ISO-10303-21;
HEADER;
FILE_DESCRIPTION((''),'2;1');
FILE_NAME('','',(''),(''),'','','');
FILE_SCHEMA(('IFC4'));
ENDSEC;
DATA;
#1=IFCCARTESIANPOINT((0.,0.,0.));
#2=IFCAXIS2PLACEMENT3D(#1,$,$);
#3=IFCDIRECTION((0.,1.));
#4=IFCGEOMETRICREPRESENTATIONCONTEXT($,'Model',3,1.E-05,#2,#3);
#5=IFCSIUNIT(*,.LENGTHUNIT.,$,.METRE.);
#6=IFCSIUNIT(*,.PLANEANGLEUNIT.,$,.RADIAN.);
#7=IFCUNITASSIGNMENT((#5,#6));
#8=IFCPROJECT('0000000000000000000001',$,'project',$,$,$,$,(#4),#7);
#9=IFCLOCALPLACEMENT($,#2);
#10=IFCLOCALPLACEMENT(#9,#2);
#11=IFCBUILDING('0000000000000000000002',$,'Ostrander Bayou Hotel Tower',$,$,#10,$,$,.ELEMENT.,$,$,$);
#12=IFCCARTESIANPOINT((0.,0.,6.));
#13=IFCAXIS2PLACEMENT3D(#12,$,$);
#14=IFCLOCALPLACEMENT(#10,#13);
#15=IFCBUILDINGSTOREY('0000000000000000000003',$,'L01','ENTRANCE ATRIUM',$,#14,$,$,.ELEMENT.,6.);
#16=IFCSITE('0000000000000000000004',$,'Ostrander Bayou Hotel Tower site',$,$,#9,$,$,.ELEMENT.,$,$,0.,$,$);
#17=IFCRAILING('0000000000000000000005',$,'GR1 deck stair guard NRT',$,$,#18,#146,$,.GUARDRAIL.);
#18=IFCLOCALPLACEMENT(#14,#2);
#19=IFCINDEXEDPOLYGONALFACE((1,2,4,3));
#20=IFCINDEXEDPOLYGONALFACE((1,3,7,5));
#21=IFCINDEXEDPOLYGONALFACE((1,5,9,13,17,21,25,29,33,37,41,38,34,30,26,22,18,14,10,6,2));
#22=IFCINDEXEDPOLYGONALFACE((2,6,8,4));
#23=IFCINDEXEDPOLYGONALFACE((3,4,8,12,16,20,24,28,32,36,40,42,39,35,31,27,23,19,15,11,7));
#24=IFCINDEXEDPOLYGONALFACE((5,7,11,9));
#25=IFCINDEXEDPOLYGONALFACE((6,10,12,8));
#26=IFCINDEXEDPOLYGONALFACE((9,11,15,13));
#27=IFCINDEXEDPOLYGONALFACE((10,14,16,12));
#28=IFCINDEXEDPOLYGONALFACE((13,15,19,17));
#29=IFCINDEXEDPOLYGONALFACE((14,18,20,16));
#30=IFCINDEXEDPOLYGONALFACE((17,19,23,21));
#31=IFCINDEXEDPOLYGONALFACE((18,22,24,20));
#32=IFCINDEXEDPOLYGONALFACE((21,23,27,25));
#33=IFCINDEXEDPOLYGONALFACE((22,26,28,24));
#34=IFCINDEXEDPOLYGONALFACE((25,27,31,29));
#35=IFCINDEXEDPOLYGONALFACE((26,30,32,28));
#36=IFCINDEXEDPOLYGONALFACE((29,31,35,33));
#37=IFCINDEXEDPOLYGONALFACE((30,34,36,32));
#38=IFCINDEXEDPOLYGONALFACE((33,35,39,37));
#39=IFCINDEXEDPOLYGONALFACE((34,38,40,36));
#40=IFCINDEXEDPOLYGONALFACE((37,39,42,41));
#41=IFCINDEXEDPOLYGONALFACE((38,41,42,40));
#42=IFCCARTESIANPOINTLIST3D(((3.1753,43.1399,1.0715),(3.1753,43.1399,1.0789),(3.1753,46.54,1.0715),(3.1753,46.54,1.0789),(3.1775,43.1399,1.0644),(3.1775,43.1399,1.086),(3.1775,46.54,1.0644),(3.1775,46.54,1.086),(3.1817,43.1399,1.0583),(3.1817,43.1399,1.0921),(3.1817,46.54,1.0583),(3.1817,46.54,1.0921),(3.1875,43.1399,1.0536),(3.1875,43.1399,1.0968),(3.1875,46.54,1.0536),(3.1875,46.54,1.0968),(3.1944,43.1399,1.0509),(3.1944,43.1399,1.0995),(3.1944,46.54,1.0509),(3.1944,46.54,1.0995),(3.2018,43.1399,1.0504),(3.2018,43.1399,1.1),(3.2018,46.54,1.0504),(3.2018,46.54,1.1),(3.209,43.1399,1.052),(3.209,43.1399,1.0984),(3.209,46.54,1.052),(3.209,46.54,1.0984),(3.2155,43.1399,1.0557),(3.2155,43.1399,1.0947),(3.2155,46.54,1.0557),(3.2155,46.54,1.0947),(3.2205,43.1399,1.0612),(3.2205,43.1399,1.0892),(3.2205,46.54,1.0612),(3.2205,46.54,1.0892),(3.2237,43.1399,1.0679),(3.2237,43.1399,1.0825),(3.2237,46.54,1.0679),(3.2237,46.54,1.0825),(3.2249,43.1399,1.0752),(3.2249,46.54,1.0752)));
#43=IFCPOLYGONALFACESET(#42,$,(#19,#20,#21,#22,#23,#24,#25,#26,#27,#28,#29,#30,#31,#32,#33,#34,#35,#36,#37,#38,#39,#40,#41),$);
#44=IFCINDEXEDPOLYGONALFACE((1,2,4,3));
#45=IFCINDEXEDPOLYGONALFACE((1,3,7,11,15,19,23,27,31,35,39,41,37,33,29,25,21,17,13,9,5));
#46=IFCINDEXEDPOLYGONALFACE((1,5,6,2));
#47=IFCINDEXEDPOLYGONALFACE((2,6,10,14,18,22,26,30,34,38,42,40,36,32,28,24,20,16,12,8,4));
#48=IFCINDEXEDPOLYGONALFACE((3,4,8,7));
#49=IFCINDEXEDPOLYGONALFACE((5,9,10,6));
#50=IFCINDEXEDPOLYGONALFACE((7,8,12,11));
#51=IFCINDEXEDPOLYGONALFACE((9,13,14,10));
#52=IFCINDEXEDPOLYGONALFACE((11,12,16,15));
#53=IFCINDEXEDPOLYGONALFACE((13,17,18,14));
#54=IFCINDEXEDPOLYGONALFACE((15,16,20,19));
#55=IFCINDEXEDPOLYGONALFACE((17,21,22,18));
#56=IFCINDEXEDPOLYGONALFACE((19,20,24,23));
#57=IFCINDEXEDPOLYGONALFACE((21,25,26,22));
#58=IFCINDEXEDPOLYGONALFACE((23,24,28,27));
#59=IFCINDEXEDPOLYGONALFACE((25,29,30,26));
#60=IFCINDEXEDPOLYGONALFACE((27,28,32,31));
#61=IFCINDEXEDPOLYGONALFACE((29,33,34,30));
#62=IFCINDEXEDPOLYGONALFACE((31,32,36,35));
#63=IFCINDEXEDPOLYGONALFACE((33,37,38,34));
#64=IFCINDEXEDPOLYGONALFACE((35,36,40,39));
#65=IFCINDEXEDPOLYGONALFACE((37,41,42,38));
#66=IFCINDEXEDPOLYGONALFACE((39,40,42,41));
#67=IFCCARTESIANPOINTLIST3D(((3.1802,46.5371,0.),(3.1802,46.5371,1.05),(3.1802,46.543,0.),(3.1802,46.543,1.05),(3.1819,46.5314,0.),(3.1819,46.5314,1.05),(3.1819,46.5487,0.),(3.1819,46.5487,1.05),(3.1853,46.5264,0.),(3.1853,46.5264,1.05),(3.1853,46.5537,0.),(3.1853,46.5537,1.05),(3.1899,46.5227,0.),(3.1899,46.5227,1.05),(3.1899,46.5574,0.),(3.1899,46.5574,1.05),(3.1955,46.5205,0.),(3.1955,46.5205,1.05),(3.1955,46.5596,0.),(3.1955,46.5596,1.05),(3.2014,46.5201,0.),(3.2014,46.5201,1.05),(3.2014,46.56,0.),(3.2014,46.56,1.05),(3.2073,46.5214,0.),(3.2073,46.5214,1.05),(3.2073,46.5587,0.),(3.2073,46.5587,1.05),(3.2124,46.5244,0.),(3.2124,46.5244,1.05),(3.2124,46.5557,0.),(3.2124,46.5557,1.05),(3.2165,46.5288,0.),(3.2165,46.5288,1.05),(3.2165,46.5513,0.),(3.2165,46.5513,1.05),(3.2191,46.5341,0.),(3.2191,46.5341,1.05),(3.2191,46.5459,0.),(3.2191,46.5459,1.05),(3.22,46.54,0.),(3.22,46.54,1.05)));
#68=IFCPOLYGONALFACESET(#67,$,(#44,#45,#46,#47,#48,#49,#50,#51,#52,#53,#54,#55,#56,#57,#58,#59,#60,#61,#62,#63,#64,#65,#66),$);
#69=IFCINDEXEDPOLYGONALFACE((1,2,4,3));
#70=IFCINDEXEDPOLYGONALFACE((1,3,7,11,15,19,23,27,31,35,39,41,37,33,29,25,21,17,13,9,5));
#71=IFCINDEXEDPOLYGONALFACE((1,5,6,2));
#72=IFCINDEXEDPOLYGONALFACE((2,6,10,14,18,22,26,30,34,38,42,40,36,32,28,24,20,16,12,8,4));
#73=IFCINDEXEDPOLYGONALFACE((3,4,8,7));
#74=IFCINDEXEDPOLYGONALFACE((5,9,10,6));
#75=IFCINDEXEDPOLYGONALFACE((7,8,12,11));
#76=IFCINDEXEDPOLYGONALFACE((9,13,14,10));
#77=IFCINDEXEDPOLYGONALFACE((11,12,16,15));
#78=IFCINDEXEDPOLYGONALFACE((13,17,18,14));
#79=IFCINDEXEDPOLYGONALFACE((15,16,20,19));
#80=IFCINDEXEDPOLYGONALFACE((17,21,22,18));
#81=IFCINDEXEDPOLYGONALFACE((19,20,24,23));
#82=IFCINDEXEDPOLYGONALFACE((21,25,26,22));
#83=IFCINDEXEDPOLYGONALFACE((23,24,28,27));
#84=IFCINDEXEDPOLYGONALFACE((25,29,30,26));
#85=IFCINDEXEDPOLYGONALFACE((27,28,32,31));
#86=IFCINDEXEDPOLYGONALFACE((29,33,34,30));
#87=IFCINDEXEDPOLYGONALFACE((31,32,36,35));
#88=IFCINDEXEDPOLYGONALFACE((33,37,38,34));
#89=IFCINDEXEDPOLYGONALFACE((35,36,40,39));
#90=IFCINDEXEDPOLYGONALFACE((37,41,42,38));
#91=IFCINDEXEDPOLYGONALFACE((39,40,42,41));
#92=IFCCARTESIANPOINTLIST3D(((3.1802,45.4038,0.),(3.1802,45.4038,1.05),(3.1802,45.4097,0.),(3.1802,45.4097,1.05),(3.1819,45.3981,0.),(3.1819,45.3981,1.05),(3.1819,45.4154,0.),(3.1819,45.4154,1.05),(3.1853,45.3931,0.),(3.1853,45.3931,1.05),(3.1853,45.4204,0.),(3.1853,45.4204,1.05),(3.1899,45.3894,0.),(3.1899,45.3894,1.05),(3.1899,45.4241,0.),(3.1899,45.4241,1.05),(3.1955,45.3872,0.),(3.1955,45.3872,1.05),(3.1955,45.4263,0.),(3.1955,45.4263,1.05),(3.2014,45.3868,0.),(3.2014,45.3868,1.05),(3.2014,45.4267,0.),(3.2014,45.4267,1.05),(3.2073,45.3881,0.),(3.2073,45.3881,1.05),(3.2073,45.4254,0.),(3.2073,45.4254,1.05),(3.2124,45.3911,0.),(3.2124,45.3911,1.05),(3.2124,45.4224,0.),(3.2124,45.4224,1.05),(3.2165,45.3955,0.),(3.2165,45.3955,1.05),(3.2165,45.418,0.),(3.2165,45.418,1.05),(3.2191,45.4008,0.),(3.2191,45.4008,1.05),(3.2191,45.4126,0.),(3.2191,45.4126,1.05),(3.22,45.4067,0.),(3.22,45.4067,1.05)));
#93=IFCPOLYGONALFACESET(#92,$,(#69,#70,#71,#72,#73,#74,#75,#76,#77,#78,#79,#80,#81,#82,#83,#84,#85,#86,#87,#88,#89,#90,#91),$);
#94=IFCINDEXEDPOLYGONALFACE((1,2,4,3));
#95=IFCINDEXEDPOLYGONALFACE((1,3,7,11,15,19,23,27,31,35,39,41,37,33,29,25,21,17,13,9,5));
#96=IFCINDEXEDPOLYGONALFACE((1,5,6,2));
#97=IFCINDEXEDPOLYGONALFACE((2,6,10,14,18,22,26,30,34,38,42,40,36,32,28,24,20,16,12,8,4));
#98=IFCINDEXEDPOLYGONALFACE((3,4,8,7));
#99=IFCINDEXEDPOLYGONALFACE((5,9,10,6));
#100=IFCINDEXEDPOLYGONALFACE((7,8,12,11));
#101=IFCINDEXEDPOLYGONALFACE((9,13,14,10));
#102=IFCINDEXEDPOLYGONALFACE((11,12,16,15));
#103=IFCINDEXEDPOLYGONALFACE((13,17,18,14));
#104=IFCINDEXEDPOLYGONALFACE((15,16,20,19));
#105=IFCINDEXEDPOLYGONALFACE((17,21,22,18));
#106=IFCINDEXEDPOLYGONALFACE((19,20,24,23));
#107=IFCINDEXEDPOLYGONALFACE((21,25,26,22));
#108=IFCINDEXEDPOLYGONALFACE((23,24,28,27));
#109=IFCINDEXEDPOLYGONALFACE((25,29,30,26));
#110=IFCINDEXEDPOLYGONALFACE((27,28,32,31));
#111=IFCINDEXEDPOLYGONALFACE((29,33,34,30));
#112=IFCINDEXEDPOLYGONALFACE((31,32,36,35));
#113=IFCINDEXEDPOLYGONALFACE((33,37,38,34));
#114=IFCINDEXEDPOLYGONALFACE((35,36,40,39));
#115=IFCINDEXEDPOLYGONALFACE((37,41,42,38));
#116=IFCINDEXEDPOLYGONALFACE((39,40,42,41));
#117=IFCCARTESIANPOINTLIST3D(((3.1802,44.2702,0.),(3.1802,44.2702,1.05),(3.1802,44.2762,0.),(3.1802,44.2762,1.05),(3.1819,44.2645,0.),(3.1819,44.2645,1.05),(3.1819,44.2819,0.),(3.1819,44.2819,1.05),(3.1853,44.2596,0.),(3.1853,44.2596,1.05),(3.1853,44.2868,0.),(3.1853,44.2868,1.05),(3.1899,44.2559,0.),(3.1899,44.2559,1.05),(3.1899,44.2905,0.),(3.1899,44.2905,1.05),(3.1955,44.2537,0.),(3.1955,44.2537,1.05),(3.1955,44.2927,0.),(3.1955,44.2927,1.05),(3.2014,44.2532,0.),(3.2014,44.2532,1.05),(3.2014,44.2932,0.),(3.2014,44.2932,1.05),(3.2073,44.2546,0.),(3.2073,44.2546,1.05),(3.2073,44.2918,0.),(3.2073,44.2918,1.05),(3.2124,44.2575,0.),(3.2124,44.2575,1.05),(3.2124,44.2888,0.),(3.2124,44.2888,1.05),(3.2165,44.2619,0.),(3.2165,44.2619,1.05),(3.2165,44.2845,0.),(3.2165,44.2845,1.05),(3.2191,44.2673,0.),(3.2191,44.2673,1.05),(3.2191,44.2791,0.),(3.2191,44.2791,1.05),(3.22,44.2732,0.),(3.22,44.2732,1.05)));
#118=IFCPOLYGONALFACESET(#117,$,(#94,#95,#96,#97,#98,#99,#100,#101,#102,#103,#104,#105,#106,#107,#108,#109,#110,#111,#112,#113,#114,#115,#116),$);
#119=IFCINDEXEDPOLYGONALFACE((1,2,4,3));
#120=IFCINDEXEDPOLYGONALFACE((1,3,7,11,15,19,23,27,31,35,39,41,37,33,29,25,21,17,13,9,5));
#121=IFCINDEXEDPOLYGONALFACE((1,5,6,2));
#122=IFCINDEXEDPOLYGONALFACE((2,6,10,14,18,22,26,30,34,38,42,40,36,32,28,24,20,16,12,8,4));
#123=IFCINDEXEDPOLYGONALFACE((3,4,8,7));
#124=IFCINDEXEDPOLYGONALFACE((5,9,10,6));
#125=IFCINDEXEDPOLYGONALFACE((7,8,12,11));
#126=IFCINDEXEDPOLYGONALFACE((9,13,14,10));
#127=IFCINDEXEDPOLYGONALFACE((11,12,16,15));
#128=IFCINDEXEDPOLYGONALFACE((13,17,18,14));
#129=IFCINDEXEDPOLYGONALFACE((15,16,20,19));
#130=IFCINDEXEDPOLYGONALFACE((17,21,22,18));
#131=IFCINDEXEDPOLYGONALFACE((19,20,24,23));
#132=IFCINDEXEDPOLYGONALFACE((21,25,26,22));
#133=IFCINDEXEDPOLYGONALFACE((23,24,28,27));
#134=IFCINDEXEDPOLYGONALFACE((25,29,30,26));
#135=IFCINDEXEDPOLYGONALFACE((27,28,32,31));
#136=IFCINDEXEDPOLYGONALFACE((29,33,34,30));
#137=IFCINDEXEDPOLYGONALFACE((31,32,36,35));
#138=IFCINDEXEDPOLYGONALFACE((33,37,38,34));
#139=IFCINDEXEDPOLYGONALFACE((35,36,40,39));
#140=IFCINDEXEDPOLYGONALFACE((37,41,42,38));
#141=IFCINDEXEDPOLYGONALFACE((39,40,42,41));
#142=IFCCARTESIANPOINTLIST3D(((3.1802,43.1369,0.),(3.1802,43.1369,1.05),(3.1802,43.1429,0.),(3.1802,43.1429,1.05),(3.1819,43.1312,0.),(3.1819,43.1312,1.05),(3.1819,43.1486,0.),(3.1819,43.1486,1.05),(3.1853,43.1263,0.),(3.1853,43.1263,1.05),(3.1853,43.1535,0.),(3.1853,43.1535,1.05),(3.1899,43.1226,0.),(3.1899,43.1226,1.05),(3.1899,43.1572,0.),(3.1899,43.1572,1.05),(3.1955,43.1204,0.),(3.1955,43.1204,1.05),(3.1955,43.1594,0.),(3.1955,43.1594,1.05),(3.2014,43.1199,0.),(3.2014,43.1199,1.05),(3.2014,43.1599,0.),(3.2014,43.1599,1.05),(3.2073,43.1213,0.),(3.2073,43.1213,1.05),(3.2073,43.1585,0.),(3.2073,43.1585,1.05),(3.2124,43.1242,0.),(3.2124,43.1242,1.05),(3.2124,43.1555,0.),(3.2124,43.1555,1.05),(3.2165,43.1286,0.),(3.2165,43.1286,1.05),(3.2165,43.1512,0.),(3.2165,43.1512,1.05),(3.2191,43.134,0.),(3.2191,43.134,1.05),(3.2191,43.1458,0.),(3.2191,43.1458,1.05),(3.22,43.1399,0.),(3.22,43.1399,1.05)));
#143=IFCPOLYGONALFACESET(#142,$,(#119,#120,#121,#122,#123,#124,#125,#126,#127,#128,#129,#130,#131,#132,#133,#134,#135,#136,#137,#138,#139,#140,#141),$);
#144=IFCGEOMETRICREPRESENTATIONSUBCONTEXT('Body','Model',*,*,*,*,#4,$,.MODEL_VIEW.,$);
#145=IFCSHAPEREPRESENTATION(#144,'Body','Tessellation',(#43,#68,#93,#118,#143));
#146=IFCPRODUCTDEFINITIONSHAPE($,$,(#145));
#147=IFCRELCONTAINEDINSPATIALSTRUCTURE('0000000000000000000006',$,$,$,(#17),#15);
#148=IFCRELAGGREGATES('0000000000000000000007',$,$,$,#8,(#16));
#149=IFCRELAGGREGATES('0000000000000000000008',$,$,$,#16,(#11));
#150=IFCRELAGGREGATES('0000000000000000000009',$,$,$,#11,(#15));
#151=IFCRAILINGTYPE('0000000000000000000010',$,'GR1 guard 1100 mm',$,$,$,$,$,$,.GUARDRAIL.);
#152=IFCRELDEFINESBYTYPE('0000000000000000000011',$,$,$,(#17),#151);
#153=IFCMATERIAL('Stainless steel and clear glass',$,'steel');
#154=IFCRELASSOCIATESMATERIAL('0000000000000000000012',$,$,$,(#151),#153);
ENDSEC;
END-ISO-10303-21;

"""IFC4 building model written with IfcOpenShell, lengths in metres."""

from ifc_helpers import new_model, si_unit, direction, frame, origin, origin_2d, place, context, subcontext, project, spatial, circle, extrude, material, type_object, element, save


model = new_model("IFC4")

# Units and contexts
model_context = context("Model", 3, precision=1e-05, world=origin(), true_north=direction((0.0, 1.0)))
body_context = subcontext(model_context, "Body", "Model", "MODEL_VIEW")
ifc_project = project(units=[si_unit("LENGTHUNIT", "METRE"), si_unit("PLANEANGLEUNIT", "RADIAN")], contexts=[model_context])

# Site, building, storey
site_placement = place(None, origin())
site = spatial("IfcSite", under=ifc_project, at=site_placement, Name="Ostrander Bayou Hotel Tower site", CompositionType="ELEMENT", RefElevation=0.0)
building_placement = place(site_placement, origin())
building = spatial("IfcBuilding", under=site, at=building_placement, Name="Ostrander Bayou Hotel Tower", CompositionType="ELEMENT")
storey_placement = place(building_placement, frame((0.0, 0.0, 6.0)))
storey = spatial("IfcBuildingStorey", under=building, at=storey_placement, Name="L01", Description="ENTRANCE ATRIUM", CompositionType="ELEMENT", Elevation=6.0)

# Railing
ifc_material_1 = material(Name="Stainless steel and clear glass", Category="steel")
railing_type_1 = type_object("IfcRailingType", Name="GR1 guard 1100 mm", PredefinedType="GUARDRAIL", material=ifc_material_1)
railing_1_placement = place(storey_placement, frame((3.2, 46.54, 0.0)))
element("IfcRailing", 1, at=railing_1_placement, inside=storey, type_object=railing_type_1, Name="GR1 deck stair guard NRT", PredefinedType="GUARDRAIL", context=body_context, shape_type="SweptSolid", body=[
    extrude(circle(Radius=0.0249, at=origin_2d()), frame((0.0, 0.0, 1.0752), z_axis=(0.0, -1.0, 0.0), x_axis=(1.0, 0.0, 0.0)), (0.0, 0.0, 1.0), 3.4001),
    extrude(circle(Radius=0.02, at=origin_2d()), origin(), (0.0, 0.0, 1.0), 1.05),
    extrude(circle(Radius=0.02, at=origin_2d()), frame((0.0, -1.1333, 0.0)), (0.0, 0.0, 1.0), 1.05),
    extrude(circle(Radius=0.02, at=origin_2d()), frame((0.0, -2.2668, 0.0)), (0.0, 0.0, 1.0), 1.05),
    extrude(circle(Radius=0.02, at=origin_2d()), frame((0.0, -3.4001, 0.0)), (0.0, 0.0, 1.0), 1.05),
])

save(model, "model.ifc")
